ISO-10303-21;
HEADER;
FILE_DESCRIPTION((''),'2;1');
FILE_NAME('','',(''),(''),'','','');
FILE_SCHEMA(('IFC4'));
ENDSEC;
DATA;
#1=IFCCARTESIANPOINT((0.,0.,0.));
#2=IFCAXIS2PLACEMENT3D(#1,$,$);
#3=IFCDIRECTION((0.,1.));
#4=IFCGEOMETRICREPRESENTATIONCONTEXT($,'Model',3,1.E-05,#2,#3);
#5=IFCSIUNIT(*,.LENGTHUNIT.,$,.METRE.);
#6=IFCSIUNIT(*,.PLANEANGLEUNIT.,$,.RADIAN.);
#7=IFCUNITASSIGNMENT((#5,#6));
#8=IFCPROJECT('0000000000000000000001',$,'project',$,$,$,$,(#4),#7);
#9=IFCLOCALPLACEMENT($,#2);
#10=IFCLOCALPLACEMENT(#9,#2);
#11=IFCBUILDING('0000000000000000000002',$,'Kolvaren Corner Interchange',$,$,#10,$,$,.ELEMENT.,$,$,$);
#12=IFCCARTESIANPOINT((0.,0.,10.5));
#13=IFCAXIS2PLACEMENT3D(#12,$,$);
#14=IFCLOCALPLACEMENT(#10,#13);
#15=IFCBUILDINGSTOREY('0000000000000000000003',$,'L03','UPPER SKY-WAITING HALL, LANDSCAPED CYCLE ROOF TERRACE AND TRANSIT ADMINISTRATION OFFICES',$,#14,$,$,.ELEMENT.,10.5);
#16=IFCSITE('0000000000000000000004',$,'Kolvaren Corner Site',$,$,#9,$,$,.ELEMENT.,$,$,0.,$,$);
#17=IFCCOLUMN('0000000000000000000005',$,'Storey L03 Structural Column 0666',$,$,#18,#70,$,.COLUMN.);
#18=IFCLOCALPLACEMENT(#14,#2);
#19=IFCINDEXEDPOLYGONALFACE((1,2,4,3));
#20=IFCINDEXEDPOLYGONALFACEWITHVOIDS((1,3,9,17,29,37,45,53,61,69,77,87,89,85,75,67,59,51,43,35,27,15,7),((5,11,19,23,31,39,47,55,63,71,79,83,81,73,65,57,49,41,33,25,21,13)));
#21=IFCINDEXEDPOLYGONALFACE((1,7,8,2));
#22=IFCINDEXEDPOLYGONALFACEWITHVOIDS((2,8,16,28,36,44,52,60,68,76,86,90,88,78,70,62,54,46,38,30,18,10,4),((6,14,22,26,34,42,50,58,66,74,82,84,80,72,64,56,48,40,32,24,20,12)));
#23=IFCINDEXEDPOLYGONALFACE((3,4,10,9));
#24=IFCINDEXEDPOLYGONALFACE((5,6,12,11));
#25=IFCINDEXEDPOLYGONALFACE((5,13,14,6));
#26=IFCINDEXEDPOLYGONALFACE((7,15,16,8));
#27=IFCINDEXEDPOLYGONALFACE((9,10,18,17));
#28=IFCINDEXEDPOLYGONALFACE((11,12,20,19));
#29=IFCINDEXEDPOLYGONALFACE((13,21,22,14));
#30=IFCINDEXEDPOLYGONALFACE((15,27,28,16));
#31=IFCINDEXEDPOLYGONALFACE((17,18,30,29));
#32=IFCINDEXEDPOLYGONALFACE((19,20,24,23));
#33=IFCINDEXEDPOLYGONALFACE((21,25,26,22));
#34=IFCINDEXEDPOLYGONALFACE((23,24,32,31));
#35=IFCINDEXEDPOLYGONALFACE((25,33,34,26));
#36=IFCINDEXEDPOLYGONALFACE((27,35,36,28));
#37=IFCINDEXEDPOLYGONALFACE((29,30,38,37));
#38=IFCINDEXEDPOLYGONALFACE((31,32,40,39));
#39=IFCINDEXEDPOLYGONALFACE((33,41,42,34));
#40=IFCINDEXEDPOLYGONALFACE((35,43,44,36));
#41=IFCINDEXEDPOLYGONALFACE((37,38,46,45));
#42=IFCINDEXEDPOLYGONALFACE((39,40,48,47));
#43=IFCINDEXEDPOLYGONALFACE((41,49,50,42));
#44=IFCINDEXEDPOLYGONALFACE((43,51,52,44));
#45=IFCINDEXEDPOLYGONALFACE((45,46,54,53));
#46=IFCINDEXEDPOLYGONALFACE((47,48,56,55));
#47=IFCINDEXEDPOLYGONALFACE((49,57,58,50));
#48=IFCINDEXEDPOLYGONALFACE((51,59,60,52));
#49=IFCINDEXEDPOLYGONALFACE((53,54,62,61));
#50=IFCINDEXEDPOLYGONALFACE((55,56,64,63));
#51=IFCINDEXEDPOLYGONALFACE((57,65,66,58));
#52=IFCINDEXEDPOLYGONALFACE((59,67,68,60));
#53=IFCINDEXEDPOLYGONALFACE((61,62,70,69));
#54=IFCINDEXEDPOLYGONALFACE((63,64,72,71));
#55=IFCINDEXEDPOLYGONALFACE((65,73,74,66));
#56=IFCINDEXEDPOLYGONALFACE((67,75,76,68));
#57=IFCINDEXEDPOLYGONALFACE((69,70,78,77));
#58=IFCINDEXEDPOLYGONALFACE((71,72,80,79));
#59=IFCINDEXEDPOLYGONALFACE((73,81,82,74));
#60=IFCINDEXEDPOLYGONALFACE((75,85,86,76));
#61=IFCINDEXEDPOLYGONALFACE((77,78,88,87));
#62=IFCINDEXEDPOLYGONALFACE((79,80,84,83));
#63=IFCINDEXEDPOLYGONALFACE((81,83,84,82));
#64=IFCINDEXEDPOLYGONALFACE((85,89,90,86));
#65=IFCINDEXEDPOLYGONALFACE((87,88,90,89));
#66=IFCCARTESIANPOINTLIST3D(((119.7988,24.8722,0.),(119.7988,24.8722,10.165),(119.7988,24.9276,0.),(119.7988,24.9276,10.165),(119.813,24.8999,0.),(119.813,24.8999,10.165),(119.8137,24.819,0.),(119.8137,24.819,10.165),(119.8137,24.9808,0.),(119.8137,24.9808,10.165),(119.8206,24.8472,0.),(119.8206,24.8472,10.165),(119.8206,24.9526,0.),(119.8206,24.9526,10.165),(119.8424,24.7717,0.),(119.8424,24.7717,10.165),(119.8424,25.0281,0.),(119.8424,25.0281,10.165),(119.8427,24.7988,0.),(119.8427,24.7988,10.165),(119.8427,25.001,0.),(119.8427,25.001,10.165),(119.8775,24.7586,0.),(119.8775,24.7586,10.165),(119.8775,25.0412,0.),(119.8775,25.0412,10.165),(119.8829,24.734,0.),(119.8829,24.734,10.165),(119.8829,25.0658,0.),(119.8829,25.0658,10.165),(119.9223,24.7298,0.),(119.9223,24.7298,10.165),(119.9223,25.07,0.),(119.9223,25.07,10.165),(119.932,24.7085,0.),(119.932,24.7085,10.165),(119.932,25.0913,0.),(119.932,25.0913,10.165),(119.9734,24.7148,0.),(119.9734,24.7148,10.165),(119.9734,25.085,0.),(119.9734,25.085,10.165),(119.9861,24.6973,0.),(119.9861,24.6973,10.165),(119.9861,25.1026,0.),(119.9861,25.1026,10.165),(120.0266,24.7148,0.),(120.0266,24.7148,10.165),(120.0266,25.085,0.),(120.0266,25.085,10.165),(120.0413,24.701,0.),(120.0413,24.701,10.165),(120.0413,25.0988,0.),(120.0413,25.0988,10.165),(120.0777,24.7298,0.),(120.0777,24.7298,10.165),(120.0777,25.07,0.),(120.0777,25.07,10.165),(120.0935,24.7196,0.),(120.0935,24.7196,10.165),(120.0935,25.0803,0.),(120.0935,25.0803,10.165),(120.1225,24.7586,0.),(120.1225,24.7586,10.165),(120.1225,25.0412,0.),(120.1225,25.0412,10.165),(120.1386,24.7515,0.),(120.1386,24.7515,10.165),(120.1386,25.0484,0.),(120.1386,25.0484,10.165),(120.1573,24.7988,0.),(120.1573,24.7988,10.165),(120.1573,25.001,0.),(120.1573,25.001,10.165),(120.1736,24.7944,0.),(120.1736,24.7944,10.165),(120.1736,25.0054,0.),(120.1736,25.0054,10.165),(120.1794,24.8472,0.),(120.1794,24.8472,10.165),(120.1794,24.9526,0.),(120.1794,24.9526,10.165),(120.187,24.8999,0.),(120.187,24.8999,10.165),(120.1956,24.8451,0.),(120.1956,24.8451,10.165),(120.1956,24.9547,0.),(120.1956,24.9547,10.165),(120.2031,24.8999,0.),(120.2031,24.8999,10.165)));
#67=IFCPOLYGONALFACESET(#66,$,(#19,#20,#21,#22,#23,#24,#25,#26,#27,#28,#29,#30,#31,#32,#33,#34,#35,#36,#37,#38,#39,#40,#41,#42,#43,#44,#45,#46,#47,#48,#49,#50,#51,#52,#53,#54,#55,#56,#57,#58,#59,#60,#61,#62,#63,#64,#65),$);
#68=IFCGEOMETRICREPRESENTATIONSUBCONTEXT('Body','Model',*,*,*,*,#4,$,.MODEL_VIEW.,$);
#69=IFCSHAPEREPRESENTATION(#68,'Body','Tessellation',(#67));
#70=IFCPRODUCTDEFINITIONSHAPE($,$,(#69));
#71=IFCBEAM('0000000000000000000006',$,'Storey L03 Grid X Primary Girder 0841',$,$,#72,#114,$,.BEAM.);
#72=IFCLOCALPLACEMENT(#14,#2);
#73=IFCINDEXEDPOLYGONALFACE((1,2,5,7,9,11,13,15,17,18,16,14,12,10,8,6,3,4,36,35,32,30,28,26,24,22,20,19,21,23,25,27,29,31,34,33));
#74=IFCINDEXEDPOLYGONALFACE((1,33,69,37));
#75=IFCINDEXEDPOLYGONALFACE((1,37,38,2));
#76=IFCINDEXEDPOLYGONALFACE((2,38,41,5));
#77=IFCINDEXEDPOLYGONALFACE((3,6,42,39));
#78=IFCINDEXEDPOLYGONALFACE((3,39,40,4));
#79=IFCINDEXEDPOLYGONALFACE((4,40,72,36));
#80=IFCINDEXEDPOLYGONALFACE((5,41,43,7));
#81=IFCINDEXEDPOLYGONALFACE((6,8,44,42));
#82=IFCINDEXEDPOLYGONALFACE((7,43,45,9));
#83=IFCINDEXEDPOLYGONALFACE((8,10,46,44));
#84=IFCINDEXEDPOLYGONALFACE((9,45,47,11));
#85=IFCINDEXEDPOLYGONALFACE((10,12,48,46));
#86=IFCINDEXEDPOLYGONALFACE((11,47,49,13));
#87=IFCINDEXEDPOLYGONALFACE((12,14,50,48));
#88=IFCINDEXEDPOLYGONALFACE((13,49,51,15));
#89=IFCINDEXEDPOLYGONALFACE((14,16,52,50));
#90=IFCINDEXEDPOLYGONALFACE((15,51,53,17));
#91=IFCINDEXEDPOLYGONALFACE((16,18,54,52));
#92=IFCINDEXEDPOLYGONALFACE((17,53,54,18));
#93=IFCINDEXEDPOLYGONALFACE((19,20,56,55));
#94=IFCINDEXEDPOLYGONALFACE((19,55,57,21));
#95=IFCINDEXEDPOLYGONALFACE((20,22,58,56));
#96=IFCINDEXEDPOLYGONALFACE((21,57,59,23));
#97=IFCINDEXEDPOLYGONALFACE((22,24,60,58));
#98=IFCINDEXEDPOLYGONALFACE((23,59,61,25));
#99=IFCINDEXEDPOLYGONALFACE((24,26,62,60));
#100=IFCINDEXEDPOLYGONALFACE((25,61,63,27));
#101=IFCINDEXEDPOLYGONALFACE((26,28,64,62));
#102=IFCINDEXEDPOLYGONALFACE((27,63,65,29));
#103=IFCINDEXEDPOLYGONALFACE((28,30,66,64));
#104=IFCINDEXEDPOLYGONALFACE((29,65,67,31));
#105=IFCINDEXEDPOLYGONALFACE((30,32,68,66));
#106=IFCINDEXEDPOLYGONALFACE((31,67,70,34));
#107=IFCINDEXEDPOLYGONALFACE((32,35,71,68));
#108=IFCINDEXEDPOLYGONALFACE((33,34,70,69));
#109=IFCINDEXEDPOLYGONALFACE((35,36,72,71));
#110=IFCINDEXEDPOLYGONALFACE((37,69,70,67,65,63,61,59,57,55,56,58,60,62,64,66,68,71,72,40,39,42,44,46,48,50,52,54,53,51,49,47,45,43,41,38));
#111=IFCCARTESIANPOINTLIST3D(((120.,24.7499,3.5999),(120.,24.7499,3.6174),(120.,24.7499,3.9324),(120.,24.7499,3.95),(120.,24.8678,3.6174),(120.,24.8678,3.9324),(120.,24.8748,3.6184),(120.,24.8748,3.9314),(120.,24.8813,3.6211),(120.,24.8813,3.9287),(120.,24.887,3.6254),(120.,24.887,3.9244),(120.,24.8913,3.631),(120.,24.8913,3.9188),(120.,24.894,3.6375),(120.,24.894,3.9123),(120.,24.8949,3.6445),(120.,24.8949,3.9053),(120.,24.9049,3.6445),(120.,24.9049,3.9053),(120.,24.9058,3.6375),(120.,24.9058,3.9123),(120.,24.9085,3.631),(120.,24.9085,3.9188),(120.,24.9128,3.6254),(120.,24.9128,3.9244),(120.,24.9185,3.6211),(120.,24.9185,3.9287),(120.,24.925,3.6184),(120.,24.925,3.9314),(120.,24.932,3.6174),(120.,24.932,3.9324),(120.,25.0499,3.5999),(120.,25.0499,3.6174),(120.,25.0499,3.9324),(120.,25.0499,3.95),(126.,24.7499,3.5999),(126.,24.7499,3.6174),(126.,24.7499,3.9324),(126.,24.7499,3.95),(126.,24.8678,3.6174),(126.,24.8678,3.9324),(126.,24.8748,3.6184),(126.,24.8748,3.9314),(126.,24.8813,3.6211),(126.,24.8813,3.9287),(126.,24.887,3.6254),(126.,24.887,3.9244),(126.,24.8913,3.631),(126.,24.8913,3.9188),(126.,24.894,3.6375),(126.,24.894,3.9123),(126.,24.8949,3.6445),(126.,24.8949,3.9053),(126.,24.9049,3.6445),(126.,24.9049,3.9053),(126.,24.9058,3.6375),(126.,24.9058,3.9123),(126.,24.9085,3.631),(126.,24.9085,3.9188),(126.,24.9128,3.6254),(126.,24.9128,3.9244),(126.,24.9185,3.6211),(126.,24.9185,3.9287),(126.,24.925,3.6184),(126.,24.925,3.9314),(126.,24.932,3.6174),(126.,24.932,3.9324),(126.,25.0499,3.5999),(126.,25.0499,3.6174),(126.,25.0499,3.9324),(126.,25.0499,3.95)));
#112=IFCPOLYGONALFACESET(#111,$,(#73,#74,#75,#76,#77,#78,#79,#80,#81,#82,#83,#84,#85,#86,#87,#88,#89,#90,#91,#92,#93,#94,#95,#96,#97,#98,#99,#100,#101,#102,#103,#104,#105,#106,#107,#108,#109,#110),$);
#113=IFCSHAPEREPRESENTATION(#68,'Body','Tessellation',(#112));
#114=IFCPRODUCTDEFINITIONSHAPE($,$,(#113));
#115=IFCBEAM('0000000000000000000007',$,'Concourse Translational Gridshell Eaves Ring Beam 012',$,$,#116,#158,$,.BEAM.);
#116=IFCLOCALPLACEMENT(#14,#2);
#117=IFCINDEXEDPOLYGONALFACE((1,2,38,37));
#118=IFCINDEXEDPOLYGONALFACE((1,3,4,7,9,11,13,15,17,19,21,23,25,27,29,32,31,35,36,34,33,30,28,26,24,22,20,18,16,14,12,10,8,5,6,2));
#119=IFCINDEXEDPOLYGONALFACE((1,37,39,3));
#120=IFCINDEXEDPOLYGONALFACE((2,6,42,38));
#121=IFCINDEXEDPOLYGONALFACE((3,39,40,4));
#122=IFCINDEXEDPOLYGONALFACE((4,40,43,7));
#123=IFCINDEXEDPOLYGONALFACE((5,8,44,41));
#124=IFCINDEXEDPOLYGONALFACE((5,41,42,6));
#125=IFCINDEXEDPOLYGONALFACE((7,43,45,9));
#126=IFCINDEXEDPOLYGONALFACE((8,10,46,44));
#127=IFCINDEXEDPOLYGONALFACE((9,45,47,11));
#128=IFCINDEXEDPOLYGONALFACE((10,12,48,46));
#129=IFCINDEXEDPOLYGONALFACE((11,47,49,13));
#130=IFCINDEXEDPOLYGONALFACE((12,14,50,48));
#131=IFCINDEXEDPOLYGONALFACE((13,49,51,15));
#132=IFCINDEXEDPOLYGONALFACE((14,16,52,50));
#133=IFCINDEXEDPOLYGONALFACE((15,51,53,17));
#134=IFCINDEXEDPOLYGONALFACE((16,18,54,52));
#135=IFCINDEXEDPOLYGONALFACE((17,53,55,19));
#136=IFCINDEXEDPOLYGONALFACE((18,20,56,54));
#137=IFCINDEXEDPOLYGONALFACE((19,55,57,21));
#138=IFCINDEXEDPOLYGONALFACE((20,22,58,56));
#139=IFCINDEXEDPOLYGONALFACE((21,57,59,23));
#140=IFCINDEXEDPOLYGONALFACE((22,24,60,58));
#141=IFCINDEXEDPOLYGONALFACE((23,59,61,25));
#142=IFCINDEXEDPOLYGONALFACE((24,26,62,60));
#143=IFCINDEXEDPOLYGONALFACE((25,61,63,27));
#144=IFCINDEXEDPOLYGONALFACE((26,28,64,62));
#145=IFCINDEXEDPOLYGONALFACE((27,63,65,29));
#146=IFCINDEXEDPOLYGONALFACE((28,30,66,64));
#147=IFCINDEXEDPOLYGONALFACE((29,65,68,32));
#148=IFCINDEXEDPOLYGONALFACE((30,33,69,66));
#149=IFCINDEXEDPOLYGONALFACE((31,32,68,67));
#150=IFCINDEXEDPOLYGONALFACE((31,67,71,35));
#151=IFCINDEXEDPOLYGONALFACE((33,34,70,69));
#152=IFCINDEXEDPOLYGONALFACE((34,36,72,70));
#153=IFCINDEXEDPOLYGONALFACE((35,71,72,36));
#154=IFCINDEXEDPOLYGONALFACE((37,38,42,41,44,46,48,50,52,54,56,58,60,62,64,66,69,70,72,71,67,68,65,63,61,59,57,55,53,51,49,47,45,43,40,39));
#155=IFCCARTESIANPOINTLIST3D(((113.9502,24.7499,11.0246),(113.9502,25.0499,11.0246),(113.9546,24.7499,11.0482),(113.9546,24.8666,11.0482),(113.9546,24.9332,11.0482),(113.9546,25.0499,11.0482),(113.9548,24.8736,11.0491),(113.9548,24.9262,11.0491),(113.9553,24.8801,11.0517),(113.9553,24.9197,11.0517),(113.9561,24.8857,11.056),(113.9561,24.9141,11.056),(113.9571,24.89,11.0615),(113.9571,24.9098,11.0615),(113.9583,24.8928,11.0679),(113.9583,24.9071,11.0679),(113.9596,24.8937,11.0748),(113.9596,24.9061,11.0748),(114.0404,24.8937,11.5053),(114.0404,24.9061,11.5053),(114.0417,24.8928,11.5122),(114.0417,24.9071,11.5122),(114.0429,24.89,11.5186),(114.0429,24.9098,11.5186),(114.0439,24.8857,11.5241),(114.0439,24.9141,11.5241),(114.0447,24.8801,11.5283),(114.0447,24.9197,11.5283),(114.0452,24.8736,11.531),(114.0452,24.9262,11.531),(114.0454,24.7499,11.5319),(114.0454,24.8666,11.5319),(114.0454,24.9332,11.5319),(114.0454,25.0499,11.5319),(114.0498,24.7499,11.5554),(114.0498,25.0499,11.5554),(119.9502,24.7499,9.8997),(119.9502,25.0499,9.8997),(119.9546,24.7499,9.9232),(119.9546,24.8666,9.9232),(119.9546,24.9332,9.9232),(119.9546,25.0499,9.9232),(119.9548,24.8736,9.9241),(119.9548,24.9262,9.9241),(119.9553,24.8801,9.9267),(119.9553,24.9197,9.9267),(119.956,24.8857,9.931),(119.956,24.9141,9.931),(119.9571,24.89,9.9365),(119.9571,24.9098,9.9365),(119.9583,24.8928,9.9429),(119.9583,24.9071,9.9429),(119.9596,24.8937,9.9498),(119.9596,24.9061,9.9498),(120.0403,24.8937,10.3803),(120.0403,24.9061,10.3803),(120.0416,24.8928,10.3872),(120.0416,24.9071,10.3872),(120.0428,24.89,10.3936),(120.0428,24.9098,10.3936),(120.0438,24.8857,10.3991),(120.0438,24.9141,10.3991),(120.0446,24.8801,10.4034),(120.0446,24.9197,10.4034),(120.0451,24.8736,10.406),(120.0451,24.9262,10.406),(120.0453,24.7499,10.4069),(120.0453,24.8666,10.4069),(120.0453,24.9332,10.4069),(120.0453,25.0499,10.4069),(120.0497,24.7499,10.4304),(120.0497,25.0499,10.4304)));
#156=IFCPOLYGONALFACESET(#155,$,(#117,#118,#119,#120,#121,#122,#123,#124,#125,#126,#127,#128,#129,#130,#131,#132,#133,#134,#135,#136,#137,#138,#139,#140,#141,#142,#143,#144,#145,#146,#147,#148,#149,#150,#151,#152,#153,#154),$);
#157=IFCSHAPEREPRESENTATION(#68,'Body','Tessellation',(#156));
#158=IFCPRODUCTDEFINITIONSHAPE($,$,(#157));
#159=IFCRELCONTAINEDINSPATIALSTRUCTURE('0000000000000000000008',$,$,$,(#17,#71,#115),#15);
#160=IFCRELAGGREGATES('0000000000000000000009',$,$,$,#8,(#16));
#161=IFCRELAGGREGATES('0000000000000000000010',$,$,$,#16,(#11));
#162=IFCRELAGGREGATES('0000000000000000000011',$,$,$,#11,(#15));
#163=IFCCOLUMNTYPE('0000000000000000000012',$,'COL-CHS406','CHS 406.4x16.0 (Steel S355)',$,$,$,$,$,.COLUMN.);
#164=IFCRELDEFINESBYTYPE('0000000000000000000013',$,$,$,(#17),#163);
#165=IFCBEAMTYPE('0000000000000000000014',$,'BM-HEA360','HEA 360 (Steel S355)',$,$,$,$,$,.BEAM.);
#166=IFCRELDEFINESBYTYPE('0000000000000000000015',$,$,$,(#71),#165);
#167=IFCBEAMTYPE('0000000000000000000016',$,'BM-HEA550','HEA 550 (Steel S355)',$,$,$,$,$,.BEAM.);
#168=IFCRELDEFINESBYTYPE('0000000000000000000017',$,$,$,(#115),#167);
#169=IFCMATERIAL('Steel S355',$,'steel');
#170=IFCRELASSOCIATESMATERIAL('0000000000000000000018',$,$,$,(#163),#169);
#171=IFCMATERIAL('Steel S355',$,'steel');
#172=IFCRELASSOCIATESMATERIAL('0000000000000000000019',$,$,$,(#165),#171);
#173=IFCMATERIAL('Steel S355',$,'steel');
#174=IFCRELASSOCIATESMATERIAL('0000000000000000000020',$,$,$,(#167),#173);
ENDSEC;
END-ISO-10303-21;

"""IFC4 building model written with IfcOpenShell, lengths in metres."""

from ifc_helpers import new_model, si_unit, direction, frame, origin, origin_2d, place, context, subcontext, project, spatial, hollow_circle, i_section, extrude, material, material_profile, profile_set, type_object, element, save


model = new_model("IFC4")

# Units and contexts
model_context = context("Model", 3, precision=1e-05, world=origin(), true_north=direction((0.0, 1.0)))
body_context = subcontext(model_context, "Body", "Model", "MODEL_VIEW")
ifc_project = project(units=[si_unit("LENGTHUNIT", "METRE"), si_unit("PLANEANGLEUNIT", "RADIAN")], contexts=[model_context])

# Site, building, storey
site_placement = place(None, origin())
site = spatial("IfcSite", under=ifc_project, at=site_placement, Name="Kolvaren Corner Site", CompositionType="ELEMENT", RefElevation=0.0)
building_placement = place(site_placement, origin())
building = spatial("IfcBuilding", under=site, at=building_placement, Name="Kolvaren Corner Interchange", CompositionType="ELEMENT")
storey_placement = place(building_placement, frame((0.0, 0.0, 10.5)))
storey = spatial("IfcBuildingStorey", under=building, at=storey_placement, Name="L03", Description="UPPER SKY-WAITING HALL, LANDSCAPED CYCLE ROOF TERRACE AND TRANSIT ADMINISTRATION OFFICES", CompositionType="ELEMENT", Elevation=10.5)

# Column
ifc_material_1 = material(Name="Steel S355", Category="steel")
ifc_material_profile_1 = material_profile(ifc_material_1, hollow_circle(Radius=0.2031, WallThickness=0.0161, at=origin_2d()), Name="CHS 406.4x16.0")
ifc_profile_set_1 = profile_set([ifc_material_profile_1], Name="Steel S355")
column_type = type_object("IfcColumnType", Name="COL-CHS406", Description="CHS 406.4x16.0 (Steel S355)", PredefinedType="COLUMN", material=ifc_profile_set_1)
column_placement = place(storey_placement, frame((120.0, 24.8999, 0.0), z_axis=(0.0, 0.0, 1.0), x_axis=(1.0, 0.0, 0.0)))
element("IfcColumn", 1, at=column_placement, inside=storey, type_object=column_type, Name="Storey L03 Structural Column 0666", PredefinedType="COLUMN", context=body_context, shape_type="SweptSolid", body=[
    extrude(hollow_circle(Radius=0.2031, WallThickness=0.0161, at=origin_2d()), origin(), (0.0, 0.0, 1.0), 10.165),
])

# Beams
ifc_material_2 = material(Name="Steel S355", Category="steel")
ifc_material_profile_2 = material_profile(ifc_material_2, i_section(OverallWidth=0.3, OverallDepth=0.3501, WebThickness=0.01, FlangeThickness=0.0176, FilletRadius=0.0271, at=origin_2d()), Name="HEA 360")
ifc_profile_set_2 = profile_set([ifc_material_profile_2], Name="Steel S355")
beam_type_1 = type_object("IfcBeamType", Name="BM-HEA360", Description="HEA 360 (Steel S355)", PredefinedType="BEAM", material=ifc_profile_set_2)
beam_1_placement = place(storey_placement, frame((120.0, 24.8999, 3.7749), z_axis=(1.0, 0.0, 0.0), x_axis=(0.0, 1.0, 0.0)))
element("IfcBeam", 2, at=beam_1_placement, inside=storey, type_object=beam_type_1, Name="Storey L03 Grid X Primary Girder 0841", PredefinedType="BEAM", context=body_context, shape_type="SweptSolid", body=[
    extrude(i_section(OverallWidth=0.3, OverallDepth=0.3501, WebThickness=0.01, FlangeThickness=0.0176, FilletRadius=0.0271, at=origin_2d()), origin(), (0.0, 0.0, 1.0), 6.0),
])
ifc_material_3 = material(Name="Steel S355", Category="steel")
ifc_material_profile_3 = material_profile(ifc_material_3, i_section(OverallWidth=0.3, OverallDepth=0.54, WebThickness=0.0125, FlangeThickness=0.0239, FilletRadius=0.0271, at=origin_2d()), Name="HEA 550")
ifc_profile_set_3 = profile_set([ifc_material_profile_3], Name="Steel S355")
beam_type_2 = type_object("IfcBeamType", Name="BM-HEA550", Description="HEA 550 (Steel S355)", PredefinedType="BEAM", material=ifc_profile_set_3)
beam_2_placement = place(storey_placement, frame((114.0, 24.8999, 11.29), z_axis=(0.982872, 0.0, -0.184289), x_axis=(0.0, 1.0, 0.0)))
element("IfcBeam", 3, at=beam_2_placement, inside=storey, type_object=beam_type_2, Name="Concourse Translational Gridshell Eaves Ring Beam 012", PredefinedType="BEAM", context=body_context, shape_type="SweptSolid", body=[
    extrude(i_section(OverallWidth=0.3, OverallDepth=0.54, WebThickness=0.0125, FlangeThickness=0.0239, FilletRadius=0.0271, at=origin_2d()), origin(), (0.0, 0.0, 1.0), 6.1045),
])

save(model, "model.ifc")
